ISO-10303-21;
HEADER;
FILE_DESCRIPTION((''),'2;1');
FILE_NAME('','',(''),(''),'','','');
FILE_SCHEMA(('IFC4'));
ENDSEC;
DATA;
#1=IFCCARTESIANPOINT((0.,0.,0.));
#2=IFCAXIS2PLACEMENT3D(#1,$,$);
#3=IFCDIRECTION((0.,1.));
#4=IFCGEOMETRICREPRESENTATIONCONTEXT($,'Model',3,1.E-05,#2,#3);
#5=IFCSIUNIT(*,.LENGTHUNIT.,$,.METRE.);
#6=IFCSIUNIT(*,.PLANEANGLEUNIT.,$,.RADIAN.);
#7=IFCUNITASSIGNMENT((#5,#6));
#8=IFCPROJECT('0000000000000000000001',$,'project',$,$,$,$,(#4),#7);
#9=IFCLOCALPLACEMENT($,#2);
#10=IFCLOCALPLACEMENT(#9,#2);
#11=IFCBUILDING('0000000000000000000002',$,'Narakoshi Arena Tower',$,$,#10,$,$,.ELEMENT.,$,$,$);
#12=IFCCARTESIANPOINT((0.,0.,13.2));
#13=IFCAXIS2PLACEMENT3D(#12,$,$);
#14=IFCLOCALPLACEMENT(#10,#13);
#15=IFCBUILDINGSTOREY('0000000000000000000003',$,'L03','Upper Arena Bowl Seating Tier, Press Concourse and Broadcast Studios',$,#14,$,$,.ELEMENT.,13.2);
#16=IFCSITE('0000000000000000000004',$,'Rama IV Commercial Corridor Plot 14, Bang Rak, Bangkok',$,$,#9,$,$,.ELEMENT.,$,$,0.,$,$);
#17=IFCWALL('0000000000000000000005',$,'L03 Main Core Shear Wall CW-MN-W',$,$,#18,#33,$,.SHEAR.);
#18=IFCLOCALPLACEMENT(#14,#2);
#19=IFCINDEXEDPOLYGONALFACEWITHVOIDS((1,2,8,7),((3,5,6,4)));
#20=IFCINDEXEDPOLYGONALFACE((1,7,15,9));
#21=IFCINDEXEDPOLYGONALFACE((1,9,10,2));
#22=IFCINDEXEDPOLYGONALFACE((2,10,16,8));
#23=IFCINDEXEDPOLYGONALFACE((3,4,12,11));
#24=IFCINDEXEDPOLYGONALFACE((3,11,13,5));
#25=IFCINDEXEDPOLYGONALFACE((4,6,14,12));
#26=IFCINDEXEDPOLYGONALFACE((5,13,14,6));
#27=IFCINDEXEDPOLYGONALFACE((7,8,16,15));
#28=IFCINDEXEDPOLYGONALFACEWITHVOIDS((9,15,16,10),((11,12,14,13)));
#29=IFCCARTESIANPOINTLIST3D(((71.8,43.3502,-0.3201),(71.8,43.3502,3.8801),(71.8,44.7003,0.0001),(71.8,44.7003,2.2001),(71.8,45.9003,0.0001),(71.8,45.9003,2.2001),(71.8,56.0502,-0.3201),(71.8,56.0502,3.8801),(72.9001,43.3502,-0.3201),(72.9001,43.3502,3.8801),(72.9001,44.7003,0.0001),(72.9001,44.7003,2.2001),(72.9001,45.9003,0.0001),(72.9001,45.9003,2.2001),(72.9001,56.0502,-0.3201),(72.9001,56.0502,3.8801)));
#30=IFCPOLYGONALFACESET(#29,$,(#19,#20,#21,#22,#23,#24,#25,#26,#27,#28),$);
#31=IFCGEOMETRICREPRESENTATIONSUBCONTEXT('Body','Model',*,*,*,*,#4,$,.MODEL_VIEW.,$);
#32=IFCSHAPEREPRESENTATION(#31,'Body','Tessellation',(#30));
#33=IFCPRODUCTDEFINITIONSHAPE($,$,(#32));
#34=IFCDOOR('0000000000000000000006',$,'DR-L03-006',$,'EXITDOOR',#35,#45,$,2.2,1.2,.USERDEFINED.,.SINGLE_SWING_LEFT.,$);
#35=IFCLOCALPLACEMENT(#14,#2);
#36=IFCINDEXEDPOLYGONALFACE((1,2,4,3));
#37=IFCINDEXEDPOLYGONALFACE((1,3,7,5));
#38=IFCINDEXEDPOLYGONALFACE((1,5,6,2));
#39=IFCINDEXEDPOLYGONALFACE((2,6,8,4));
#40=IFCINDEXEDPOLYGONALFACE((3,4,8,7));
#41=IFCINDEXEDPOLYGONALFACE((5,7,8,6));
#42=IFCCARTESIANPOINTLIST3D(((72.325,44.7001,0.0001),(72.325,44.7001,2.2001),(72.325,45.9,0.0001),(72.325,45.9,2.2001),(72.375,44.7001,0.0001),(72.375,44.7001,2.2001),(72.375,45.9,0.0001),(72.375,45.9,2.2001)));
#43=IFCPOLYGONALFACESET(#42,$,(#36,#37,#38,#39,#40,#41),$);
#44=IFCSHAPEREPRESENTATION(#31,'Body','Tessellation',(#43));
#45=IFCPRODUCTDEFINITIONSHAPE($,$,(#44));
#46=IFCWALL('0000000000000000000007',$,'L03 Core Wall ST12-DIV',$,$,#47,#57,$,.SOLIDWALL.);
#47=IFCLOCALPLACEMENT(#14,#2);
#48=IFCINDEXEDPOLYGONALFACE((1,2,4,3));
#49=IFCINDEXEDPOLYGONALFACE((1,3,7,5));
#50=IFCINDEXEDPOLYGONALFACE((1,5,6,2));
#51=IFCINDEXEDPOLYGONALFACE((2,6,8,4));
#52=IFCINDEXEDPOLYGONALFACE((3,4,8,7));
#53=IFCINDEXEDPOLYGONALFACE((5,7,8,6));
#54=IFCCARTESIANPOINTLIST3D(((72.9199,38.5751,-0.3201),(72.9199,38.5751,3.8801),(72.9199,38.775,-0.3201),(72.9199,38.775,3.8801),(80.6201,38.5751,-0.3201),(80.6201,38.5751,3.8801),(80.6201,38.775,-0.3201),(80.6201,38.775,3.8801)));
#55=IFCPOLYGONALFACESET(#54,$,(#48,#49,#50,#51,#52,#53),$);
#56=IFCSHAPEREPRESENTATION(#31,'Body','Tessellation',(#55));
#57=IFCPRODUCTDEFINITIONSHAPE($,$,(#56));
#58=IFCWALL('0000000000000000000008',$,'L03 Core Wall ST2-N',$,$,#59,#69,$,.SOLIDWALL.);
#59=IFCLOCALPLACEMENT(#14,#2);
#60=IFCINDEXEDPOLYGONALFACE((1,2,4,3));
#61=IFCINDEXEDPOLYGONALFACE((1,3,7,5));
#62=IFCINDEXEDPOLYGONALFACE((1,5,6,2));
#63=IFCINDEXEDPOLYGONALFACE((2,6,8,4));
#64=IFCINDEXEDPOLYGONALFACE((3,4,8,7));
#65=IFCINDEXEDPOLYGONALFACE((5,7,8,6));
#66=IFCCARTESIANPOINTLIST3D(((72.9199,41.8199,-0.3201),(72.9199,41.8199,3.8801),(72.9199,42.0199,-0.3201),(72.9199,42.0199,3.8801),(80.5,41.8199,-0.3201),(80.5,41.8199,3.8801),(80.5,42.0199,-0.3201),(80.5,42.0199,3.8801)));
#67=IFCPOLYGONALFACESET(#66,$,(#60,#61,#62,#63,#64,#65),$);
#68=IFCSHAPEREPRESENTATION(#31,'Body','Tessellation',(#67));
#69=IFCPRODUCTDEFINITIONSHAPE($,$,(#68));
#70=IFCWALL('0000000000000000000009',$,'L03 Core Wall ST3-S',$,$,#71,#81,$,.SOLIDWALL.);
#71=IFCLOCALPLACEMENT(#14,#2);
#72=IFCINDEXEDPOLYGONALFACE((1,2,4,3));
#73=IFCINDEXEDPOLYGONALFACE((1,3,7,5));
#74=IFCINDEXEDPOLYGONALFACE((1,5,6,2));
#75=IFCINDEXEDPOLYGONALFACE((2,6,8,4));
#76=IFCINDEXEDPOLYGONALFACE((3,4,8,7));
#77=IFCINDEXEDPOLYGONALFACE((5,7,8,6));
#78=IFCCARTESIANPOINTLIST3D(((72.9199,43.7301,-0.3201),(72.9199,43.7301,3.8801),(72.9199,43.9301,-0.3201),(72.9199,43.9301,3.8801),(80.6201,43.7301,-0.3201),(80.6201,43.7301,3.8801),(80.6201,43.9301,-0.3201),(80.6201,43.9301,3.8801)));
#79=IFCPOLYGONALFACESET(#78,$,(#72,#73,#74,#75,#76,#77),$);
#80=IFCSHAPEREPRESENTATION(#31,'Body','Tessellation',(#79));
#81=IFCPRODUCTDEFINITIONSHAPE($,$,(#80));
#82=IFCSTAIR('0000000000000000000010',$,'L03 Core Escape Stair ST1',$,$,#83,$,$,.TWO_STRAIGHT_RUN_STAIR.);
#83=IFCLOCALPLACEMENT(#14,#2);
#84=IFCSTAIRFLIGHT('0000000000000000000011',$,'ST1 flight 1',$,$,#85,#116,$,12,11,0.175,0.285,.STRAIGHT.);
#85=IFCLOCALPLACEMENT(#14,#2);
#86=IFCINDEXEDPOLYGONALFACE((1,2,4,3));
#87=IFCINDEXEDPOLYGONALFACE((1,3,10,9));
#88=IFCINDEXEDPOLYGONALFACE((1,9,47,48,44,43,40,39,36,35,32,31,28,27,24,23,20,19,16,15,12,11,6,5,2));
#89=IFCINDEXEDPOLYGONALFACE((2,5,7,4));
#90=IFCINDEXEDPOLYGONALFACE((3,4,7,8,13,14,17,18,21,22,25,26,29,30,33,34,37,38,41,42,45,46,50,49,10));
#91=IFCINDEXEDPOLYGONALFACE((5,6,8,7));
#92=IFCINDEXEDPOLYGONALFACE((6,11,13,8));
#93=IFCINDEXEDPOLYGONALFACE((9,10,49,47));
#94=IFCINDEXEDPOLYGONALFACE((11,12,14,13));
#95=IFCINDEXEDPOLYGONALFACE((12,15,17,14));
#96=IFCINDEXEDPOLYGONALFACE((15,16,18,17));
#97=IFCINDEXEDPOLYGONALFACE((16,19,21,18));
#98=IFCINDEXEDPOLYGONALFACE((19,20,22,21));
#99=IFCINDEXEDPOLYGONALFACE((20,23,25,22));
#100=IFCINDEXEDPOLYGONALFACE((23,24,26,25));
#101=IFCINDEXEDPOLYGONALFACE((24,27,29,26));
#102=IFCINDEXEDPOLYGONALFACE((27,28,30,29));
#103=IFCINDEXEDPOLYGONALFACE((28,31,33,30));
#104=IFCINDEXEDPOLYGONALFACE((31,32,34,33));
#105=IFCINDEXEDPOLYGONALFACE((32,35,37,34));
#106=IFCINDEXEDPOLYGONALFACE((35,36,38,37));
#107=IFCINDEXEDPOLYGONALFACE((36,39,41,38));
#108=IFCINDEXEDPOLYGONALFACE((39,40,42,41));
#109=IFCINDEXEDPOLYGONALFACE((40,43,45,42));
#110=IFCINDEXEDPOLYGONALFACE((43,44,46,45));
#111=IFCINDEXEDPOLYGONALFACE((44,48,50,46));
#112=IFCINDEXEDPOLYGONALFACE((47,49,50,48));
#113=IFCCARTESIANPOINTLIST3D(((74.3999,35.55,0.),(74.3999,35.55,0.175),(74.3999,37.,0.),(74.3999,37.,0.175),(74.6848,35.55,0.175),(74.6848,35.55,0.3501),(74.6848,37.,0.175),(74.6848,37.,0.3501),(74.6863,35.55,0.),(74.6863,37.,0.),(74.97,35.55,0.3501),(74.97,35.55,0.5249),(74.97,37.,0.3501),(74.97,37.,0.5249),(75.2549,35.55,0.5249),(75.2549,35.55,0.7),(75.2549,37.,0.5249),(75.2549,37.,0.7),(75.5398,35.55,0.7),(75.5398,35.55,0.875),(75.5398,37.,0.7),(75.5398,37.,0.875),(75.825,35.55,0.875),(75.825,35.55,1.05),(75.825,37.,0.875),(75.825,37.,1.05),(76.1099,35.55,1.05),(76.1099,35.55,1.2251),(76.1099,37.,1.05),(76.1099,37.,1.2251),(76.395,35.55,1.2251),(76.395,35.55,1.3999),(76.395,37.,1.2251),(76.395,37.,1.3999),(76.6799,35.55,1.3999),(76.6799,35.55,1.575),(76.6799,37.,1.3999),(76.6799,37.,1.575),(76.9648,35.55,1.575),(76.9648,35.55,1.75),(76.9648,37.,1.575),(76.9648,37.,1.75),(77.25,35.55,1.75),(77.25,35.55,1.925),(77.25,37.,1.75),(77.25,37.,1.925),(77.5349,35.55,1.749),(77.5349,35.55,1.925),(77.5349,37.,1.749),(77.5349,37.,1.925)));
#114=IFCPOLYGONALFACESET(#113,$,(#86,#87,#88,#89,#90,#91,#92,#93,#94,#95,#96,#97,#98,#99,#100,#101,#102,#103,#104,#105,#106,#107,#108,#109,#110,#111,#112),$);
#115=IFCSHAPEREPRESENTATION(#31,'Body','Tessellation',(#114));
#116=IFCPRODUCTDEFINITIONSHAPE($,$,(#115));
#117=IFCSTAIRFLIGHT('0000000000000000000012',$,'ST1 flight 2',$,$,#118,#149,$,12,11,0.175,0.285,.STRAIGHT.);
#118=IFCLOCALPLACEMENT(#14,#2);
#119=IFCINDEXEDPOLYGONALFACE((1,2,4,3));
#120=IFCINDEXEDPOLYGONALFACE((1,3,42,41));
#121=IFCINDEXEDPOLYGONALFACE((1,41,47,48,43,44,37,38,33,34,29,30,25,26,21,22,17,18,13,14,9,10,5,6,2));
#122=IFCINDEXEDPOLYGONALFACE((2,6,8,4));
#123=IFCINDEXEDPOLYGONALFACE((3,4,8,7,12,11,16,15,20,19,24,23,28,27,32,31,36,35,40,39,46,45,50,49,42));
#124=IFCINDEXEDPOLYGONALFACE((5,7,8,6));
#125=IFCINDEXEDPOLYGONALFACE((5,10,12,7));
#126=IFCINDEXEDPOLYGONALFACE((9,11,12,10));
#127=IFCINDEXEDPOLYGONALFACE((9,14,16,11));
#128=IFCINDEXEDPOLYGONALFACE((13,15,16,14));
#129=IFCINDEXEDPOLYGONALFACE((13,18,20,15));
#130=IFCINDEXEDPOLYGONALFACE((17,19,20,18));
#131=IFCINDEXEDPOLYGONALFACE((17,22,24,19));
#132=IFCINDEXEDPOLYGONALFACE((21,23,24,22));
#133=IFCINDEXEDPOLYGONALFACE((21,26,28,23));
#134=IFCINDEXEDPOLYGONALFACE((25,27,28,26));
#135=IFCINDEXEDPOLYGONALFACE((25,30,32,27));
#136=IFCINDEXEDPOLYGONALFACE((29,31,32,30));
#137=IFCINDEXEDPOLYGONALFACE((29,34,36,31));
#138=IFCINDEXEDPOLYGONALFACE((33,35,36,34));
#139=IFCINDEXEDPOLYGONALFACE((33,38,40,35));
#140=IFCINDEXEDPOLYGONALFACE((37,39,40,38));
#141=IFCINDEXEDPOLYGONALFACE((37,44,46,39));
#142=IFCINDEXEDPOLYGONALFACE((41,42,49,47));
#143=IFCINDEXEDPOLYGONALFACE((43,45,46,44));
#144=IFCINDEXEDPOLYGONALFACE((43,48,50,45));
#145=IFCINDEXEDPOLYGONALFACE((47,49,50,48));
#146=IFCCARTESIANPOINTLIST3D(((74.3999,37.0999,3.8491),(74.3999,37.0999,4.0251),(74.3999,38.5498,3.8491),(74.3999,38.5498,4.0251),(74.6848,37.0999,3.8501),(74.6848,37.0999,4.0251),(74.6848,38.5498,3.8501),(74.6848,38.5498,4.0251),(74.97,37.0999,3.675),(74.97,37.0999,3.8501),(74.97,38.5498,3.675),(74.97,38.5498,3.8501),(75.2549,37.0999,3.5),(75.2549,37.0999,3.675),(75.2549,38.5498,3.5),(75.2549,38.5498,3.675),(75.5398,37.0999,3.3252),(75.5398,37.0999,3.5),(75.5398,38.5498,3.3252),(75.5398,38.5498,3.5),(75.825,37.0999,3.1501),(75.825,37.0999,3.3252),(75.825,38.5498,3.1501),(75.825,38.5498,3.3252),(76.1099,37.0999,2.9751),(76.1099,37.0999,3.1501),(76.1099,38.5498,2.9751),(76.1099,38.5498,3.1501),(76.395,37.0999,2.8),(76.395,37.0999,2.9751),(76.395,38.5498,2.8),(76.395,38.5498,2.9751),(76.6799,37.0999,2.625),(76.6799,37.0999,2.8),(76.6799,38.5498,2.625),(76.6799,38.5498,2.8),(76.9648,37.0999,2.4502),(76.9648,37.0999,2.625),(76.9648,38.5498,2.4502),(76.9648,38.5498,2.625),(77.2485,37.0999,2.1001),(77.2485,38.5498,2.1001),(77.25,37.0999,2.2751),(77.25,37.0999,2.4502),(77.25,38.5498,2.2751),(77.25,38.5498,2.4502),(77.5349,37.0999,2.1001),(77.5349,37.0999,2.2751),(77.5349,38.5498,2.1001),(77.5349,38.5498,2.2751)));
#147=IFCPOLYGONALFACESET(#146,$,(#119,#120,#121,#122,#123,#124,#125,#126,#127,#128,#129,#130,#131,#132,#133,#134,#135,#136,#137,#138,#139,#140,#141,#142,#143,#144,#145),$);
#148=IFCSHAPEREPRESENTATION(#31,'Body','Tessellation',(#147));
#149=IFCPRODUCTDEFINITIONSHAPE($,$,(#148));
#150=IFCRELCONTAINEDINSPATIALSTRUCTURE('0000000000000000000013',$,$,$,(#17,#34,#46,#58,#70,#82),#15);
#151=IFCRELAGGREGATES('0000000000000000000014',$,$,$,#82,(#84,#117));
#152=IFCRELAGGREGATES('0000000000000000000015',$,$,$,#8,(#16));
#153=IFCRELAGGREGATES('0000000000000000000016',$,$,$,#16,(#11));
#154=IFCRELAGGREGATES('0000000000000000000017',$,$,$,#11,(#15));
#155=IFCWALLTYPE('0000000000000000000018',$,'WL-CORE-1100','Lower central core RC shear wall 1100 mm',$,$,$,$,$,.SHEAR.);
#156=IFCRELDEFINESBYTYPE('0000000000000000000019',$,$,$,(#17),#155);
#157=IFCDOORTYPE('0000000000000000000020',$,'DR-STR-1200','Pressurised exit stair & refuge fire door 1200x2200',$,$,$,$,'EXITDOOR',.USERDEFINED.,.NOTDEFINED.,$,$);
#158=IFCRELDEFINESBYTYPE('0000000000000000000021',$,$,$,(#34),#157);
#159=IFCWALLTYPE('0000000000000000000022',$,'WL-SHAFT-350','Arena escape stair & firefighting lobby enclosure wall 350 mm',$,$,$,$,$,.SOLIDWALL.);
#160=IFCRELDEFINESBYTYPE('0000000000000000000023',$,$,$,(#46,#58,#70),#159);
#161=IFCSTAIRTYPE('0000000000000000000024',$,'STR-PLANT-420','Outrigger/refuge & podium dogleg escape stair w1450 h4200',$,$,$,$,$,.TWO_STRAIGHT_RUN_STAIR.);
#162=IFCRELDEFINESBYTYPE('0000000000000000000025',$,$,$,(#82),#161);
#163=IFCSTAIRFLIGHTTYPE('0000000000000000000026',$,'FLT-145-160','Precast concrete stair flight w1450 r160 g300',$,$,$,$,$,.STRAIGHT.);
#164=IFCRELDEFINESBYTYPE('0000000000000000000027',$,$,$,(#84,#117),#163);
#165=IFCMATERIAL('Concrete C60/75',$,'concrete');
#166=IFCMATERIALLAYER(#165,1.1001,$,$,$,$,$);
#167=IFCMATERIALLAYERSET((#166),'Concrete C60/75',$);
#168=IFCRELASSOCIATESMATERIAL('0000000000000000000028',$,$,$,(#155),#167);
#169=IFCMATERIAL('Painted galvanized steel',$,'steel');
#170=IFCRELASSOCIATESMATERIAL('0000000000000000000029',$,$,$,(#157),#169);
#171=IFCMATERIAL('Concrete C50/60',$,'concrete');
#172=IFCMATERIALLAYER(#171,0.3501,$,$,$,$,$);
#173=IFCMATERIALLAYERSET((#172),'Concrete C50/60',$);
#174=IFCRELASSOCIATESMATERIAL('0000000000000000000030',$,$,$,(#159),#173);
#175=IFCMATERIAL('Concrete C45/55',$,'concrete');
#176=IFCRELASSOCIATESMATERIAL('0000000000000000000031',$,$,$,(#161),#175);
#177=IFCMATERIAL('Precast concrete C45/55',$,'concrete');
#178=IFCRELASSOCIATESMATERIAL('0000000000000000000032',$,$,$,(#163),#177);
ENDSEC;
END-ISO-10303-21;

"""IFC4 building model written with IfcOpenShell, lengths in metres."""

from ifc_helpers import new_model, si_unit, direction, frame, frame_2d, origin, place, context, subcontext, project, spatial, polyline, rectangle, outline, extrude, material, layer, layer_set, type_object, element, fill, aggregate, save


model = new_model("IFC4")

# Units and contexts
model_context = context("Model", 3, precision=1e-05, world=origin(), true_north=direction((0.0, 1.0)))
body_context = subcontext(model_context, "Body", "Model", "MODEL_VIEW")
ifc_project = project(units=[si_unit("LENGTHUNIT", "METRE"), si_unit("PLANEANGLEUNIT", "RADIAN")], contexts=[model_context])

# Site, building, storey
site_placement = place(None, origin())
site = spatial("IfcSite", under=ifc_project, at=site_placement, Name="Rama IV Commercial Corridor Plot 14, Bang Rak, Bangkok", CompositionType="ELEMENT", RefElevation=0.0)
building_placement = place(site_placement, origin())
building = spatial("IfcBuilding", under=site, at=building_placement, Name="Narakoshi Arena Tower", CompositionType="ELEMENT")
storey_placement = place(building_placement, frame((0.0, 0.0, 13.2)))
storey = spatial("IfcBuildingStorey", under=building, at=storey_placement, Name="L03", Description="Upper Arena Bowl Seating Tier, Press Concourse and Broadcast Studios", CompositionType="ELEMENT", Elevation=13.2)

# Wall, opening, door
ifc_material_1 = material(Name="Concrete C60/75", Category="concrete")
ifc_layer_1 = layer(ifc_material_1, 1.1001)
ifc_layer_set_1 = layer_set([ifc_layer_1], Name="Concrete C60/75")
wall_type_1 = type_object("IfcWallType", Name="WL-CORE-1100", Description="Lower central core RC shear wall 1100 mm", PredefinedType="SHEAR", material=ifc_layer_set_1)
wall_1_placement = place(storey_placement, frame((72.3501, 43.3501, -0.3201), z_axis=(0.0, 0.0, 1.0), x_axis=(0.0, 1.0, 0.0)))
wall_1 = element("IfcWall", 1, at=wall_1_placement, inside=storey, type_object=wall_type_1, Name="L03 Main Core Shear Wall CW-MN-W", PredefinedType="SHEAR", context=body_context, shape_type="SweptSolid", body=[
    extrude(rectangle(XDim=12.7, YDim=1.1001, at=frame_2d((6.3501, 0.0))), origin(), (0.0, 0.0, 1.0), 4.2002),
])
opening_placement = place(wall_1_placement, frame((1.3501, 0.0, 0.3201)))
opening = element("IfcOpeningElement", 2, at=opening_placement, cuts=wall_1, PredefinedType="OPENING", context=body_context, shape_type="SweptSolid", body=[
    extrude(rectangle(XDim=1.2, YDim=2.2, at=frame_2d((0.6001, 1.1001))), frame((0.0, 0.5601, 0.0), z_axis=(0.0, -1.0, 0.0), x_axis=(1.0, 0.0, 0.0)), (0.0, 0.0, 1.0), 1.1201),
])
ifc_material_2 = material(Name="Painted galvanized steel", Category="steel")
door_type = type_object("IfcDoorType", Name="DR-STR-1200", Description="Pressurised exit stair & refuge fire door 1200x2200", ElementType="EXITDOOR", OperationType="NOTDEFINED", PredefinedType="USERDEFINED", material=ifc_material_2)
door_placement = place(opening_placement, frame((1.2, 0.0, 0.0), z_axis=(0.0, 0.0, 1.0), x_axis=(-1.0, 0.0, 0.0)))
door = element("IfcDoor", 3, at=door_placement, inside=storey, type_object=door_type, Name="DR-L03-006", ObjectType="EXITDOOR", OperationType="SINGLE_SWING_LEFT", OverallHeight=2.2, OverallWidth=1.2, PredefinedType="USERDEFINED", context=body_context, shape_type="SweptSolid", body=[
    extrude(rectangle(XDim=1.2, YDim=2.2, at=frame_2d((0.6001, 1.1001))), frame((0.0, 0.0249, 0.0), z_axis=(0.0, -1.0, 0.0), x_axis=(1.0, 0.0, 0.0)), (0.0, 0.0, 1.0), 0.05),
])
fill(opening, door)

# Walls
ifc_material_3 = material(Name="Concrete C50/60", Category="concrete")
ifc_layer_2 = layer(ifc_material_3, 0.3501)
ifc_layer_set_2 = layer_set([ifc_layer_2], Name="Concrete C50/60")
wall_type_2 = type_object("IfcWallType", Name="WL-SHAFT-350", Description="Arena escape stair & firefighting lobby enclosure wall 350 mm", PredefinedType="SOLIDWALL", material=ifc_layer_set_2)
wall_2_placement = place(storey_placement, frame((72.9199, 38.675, -0.3201), z_axis=(0.0, 0.0, 1.0), x_axis=(1.0, 0.0, 0.0)))
element("IfcWall", 4, at=wall_2_placement, inside=storey, type_object=wall_type_2, Name="L03 Core Wall ST12-DIV", PredefinedType="SOLIDWALL", context=body_context, shape_type="SweptSolid", body=[
    extrude(rectangle(XDim=7.7002, YDim=0.2, at=frame_2d((3.8501, 0.0))), origin(), (0.0, 0.0, 1.0), 4.2002),
])
wall_3_placement = place(storey_placement, frame((72.9199, 41.9199, -0.3201), z_axis=(0.0, 0.0, 1.0), x_axis=(1.0, 0.0, 0.0)))
element("IfcWall", 5, at=wall_3_placement, inside=storey, type_object=wall_type_2, Name="L03 Core Wall ST2-N", PredefinedType="SOLIDWALL", context=body_context, shape_type="SweptSolid", body=[
    extrude(rectangle(XDim=7.5801, YDim=0.2, at=frame_2d((3.79, 0.0))), origin(), (0.0, 0.0, 1.0), 4.2002),
])
wall_4_placement = place(storey_placement, frame((72.9199, 43.8301, -0.3201), z_axis=(0.0, 0.0, 1.0), x_axis=(1.0, 0.0, 0.0)))
element("IfcWall", 6, at=wall_4_placement, inside=storey, type_object=wall_type_2, Name="L03 Core Wall ST3-S", PredefinedType="SOLIDWALL", context=body_context, shape_type="SweptSolid", body=[
    extrude(rectangle(XDim=7.7002, YDim=0.2, at=frame_2d((3.8501, 0.0))), origin(), (0.0, 0.0, 1.0), 4.2002),
])

# Stair, stair flights
ifc_material_4 = material(Name="Concrete C45/55", Category="concrete")
stair_type = type_object("IfcStairType", Name="STR-PLANT-420", Description="Outrigger/refuge & podium dogleg escape stair w1450 h4200", PredefinedType="TWO_STRAIGHT_RUN_STAIR", material=ifc_material_4)
stair_1_placement = place(storey_placement, origin())
stair_1 = element("IfcStair", 7, at=stair_1_placement, inside=storey, type_object=stair_type, Name="L03 Core Escape Stair ST1", PredefinedType="TWO_STRAIGHT_RUN_STAIR")
ifc_material_5 = material(Name="Precast concrete C45/55", Category="concrete")
stair_flight_type = type_object("IfcStairFlightType", Name="FLT-145-160", Description="Precast concrete stair flight w1450 r160 g300", PredefinedType="STRAIGHT", material=ifc_material_5)
stair_flight_1_placement = place(storey_placement, frame((74.3999, 36.2749, 0.0), z_axis=(0.0, 0.0, 1.0), x_axis=(1.0, 0.0, 0.0)))
stair_flight_1 = element("IfcStairFlight", 8, at=stair_flight_1_placement, type_object=stair_flight_type, Name="ST1 flight 1", NumberOfRisers=12, NumberOfTreads=11, PredefinedType="STRAIGHT", RiserHeight=0.175, TreadLength=0.285, context=body_context, shape_type="SweptSolid", body=[
    extrude(outline(polyline([(0.0, 0.0), (0.0, 0.175), (0.2849, 0.175), (0.2849, 0.3501), (0.5701, 0.3501), (0.5701, 0.5249), (0.855, 0.5249), (0.855, 0.7), (1.1399, 0.7), (1.1399, 0.875), (1.425, 0.875), (1.425, 1.05), (1.71, 1.05), (1.71, 1.2251), (1.9951, 1.2251), (1.9951, 1.3999), (2.28, 1.3999), (2.28, 1.575), (2.5649, 1.575), (2.5649, 1.75), (2.8501, 1.75), (2.8501, 1.925), (3.135, 1.925), (3.135, 2.1001), (3.135, 1.749), (0.2864, 0.0), (0.0, 0.0)])), frame((0.0, 0.7251, 0.0), z_axis=(0.0, -1.0, 0.0), x_axis=(1.0, 0.0, 0.0)), (0.0, 0.0, 1.0), 1.45),
])
stair_flight_2_placement = place(storey_placement, frame((77.5349, 37.825, 2.1001), z_axis=(0.0, 0.0, 1.0), x_axis=(-1.0, 0.0, 0.0)))
stair_flight_2 = element("IfcStairFlight", 9, at=stair_flight_2_placement, type_object=stair_flight_type, Name="ST1 flight 2", NumberOfRisers=12, NumberOfTreads=11, PredefinedType="STRAIGHT", RiserHeight=0.175, TreadLength=0.285, context=body_context, shape_type="SweptSolid", body=[
    extrude(outline(polyline([(0.0, 0.0), (0.0, 0.175), (0.2849, 0.175), (0.2849, 0.3501), (0.5701, 0.3501), (0.5701, 0.5249), (0.855, 0.5249), (0.855, 0.7), (1.1399, 0.7), (1.1399, 0.875), (1.425, 0.875), (1.425, 1.05), (1.71, 1.05), (1.71, 1.2251), (1.9951, 1.2251), (1.9951, 1.3999), (2.28, 1.3999), (2.28, 1.575), (2.5649, 1.575), (2.5649, 1.75), (2.8501, 1.75), (2.8501, 1.925), (3.135, 1.925), (3.135, 2.1001), (3.135, 1.749), (0.2864, 0.0), (0.0, 0.0)])), frame((0.0, 0.7251, 0.0), z_axis=(0.0, -1.0, 0.0), x_axis=(1.0, 0.0, 0.0)), (0.0, 0.0, 1.0), 1.45),
])
aggregate(stair_1, [stair_flight_1, stair_flight_2])

save(model, "model.ifc")
